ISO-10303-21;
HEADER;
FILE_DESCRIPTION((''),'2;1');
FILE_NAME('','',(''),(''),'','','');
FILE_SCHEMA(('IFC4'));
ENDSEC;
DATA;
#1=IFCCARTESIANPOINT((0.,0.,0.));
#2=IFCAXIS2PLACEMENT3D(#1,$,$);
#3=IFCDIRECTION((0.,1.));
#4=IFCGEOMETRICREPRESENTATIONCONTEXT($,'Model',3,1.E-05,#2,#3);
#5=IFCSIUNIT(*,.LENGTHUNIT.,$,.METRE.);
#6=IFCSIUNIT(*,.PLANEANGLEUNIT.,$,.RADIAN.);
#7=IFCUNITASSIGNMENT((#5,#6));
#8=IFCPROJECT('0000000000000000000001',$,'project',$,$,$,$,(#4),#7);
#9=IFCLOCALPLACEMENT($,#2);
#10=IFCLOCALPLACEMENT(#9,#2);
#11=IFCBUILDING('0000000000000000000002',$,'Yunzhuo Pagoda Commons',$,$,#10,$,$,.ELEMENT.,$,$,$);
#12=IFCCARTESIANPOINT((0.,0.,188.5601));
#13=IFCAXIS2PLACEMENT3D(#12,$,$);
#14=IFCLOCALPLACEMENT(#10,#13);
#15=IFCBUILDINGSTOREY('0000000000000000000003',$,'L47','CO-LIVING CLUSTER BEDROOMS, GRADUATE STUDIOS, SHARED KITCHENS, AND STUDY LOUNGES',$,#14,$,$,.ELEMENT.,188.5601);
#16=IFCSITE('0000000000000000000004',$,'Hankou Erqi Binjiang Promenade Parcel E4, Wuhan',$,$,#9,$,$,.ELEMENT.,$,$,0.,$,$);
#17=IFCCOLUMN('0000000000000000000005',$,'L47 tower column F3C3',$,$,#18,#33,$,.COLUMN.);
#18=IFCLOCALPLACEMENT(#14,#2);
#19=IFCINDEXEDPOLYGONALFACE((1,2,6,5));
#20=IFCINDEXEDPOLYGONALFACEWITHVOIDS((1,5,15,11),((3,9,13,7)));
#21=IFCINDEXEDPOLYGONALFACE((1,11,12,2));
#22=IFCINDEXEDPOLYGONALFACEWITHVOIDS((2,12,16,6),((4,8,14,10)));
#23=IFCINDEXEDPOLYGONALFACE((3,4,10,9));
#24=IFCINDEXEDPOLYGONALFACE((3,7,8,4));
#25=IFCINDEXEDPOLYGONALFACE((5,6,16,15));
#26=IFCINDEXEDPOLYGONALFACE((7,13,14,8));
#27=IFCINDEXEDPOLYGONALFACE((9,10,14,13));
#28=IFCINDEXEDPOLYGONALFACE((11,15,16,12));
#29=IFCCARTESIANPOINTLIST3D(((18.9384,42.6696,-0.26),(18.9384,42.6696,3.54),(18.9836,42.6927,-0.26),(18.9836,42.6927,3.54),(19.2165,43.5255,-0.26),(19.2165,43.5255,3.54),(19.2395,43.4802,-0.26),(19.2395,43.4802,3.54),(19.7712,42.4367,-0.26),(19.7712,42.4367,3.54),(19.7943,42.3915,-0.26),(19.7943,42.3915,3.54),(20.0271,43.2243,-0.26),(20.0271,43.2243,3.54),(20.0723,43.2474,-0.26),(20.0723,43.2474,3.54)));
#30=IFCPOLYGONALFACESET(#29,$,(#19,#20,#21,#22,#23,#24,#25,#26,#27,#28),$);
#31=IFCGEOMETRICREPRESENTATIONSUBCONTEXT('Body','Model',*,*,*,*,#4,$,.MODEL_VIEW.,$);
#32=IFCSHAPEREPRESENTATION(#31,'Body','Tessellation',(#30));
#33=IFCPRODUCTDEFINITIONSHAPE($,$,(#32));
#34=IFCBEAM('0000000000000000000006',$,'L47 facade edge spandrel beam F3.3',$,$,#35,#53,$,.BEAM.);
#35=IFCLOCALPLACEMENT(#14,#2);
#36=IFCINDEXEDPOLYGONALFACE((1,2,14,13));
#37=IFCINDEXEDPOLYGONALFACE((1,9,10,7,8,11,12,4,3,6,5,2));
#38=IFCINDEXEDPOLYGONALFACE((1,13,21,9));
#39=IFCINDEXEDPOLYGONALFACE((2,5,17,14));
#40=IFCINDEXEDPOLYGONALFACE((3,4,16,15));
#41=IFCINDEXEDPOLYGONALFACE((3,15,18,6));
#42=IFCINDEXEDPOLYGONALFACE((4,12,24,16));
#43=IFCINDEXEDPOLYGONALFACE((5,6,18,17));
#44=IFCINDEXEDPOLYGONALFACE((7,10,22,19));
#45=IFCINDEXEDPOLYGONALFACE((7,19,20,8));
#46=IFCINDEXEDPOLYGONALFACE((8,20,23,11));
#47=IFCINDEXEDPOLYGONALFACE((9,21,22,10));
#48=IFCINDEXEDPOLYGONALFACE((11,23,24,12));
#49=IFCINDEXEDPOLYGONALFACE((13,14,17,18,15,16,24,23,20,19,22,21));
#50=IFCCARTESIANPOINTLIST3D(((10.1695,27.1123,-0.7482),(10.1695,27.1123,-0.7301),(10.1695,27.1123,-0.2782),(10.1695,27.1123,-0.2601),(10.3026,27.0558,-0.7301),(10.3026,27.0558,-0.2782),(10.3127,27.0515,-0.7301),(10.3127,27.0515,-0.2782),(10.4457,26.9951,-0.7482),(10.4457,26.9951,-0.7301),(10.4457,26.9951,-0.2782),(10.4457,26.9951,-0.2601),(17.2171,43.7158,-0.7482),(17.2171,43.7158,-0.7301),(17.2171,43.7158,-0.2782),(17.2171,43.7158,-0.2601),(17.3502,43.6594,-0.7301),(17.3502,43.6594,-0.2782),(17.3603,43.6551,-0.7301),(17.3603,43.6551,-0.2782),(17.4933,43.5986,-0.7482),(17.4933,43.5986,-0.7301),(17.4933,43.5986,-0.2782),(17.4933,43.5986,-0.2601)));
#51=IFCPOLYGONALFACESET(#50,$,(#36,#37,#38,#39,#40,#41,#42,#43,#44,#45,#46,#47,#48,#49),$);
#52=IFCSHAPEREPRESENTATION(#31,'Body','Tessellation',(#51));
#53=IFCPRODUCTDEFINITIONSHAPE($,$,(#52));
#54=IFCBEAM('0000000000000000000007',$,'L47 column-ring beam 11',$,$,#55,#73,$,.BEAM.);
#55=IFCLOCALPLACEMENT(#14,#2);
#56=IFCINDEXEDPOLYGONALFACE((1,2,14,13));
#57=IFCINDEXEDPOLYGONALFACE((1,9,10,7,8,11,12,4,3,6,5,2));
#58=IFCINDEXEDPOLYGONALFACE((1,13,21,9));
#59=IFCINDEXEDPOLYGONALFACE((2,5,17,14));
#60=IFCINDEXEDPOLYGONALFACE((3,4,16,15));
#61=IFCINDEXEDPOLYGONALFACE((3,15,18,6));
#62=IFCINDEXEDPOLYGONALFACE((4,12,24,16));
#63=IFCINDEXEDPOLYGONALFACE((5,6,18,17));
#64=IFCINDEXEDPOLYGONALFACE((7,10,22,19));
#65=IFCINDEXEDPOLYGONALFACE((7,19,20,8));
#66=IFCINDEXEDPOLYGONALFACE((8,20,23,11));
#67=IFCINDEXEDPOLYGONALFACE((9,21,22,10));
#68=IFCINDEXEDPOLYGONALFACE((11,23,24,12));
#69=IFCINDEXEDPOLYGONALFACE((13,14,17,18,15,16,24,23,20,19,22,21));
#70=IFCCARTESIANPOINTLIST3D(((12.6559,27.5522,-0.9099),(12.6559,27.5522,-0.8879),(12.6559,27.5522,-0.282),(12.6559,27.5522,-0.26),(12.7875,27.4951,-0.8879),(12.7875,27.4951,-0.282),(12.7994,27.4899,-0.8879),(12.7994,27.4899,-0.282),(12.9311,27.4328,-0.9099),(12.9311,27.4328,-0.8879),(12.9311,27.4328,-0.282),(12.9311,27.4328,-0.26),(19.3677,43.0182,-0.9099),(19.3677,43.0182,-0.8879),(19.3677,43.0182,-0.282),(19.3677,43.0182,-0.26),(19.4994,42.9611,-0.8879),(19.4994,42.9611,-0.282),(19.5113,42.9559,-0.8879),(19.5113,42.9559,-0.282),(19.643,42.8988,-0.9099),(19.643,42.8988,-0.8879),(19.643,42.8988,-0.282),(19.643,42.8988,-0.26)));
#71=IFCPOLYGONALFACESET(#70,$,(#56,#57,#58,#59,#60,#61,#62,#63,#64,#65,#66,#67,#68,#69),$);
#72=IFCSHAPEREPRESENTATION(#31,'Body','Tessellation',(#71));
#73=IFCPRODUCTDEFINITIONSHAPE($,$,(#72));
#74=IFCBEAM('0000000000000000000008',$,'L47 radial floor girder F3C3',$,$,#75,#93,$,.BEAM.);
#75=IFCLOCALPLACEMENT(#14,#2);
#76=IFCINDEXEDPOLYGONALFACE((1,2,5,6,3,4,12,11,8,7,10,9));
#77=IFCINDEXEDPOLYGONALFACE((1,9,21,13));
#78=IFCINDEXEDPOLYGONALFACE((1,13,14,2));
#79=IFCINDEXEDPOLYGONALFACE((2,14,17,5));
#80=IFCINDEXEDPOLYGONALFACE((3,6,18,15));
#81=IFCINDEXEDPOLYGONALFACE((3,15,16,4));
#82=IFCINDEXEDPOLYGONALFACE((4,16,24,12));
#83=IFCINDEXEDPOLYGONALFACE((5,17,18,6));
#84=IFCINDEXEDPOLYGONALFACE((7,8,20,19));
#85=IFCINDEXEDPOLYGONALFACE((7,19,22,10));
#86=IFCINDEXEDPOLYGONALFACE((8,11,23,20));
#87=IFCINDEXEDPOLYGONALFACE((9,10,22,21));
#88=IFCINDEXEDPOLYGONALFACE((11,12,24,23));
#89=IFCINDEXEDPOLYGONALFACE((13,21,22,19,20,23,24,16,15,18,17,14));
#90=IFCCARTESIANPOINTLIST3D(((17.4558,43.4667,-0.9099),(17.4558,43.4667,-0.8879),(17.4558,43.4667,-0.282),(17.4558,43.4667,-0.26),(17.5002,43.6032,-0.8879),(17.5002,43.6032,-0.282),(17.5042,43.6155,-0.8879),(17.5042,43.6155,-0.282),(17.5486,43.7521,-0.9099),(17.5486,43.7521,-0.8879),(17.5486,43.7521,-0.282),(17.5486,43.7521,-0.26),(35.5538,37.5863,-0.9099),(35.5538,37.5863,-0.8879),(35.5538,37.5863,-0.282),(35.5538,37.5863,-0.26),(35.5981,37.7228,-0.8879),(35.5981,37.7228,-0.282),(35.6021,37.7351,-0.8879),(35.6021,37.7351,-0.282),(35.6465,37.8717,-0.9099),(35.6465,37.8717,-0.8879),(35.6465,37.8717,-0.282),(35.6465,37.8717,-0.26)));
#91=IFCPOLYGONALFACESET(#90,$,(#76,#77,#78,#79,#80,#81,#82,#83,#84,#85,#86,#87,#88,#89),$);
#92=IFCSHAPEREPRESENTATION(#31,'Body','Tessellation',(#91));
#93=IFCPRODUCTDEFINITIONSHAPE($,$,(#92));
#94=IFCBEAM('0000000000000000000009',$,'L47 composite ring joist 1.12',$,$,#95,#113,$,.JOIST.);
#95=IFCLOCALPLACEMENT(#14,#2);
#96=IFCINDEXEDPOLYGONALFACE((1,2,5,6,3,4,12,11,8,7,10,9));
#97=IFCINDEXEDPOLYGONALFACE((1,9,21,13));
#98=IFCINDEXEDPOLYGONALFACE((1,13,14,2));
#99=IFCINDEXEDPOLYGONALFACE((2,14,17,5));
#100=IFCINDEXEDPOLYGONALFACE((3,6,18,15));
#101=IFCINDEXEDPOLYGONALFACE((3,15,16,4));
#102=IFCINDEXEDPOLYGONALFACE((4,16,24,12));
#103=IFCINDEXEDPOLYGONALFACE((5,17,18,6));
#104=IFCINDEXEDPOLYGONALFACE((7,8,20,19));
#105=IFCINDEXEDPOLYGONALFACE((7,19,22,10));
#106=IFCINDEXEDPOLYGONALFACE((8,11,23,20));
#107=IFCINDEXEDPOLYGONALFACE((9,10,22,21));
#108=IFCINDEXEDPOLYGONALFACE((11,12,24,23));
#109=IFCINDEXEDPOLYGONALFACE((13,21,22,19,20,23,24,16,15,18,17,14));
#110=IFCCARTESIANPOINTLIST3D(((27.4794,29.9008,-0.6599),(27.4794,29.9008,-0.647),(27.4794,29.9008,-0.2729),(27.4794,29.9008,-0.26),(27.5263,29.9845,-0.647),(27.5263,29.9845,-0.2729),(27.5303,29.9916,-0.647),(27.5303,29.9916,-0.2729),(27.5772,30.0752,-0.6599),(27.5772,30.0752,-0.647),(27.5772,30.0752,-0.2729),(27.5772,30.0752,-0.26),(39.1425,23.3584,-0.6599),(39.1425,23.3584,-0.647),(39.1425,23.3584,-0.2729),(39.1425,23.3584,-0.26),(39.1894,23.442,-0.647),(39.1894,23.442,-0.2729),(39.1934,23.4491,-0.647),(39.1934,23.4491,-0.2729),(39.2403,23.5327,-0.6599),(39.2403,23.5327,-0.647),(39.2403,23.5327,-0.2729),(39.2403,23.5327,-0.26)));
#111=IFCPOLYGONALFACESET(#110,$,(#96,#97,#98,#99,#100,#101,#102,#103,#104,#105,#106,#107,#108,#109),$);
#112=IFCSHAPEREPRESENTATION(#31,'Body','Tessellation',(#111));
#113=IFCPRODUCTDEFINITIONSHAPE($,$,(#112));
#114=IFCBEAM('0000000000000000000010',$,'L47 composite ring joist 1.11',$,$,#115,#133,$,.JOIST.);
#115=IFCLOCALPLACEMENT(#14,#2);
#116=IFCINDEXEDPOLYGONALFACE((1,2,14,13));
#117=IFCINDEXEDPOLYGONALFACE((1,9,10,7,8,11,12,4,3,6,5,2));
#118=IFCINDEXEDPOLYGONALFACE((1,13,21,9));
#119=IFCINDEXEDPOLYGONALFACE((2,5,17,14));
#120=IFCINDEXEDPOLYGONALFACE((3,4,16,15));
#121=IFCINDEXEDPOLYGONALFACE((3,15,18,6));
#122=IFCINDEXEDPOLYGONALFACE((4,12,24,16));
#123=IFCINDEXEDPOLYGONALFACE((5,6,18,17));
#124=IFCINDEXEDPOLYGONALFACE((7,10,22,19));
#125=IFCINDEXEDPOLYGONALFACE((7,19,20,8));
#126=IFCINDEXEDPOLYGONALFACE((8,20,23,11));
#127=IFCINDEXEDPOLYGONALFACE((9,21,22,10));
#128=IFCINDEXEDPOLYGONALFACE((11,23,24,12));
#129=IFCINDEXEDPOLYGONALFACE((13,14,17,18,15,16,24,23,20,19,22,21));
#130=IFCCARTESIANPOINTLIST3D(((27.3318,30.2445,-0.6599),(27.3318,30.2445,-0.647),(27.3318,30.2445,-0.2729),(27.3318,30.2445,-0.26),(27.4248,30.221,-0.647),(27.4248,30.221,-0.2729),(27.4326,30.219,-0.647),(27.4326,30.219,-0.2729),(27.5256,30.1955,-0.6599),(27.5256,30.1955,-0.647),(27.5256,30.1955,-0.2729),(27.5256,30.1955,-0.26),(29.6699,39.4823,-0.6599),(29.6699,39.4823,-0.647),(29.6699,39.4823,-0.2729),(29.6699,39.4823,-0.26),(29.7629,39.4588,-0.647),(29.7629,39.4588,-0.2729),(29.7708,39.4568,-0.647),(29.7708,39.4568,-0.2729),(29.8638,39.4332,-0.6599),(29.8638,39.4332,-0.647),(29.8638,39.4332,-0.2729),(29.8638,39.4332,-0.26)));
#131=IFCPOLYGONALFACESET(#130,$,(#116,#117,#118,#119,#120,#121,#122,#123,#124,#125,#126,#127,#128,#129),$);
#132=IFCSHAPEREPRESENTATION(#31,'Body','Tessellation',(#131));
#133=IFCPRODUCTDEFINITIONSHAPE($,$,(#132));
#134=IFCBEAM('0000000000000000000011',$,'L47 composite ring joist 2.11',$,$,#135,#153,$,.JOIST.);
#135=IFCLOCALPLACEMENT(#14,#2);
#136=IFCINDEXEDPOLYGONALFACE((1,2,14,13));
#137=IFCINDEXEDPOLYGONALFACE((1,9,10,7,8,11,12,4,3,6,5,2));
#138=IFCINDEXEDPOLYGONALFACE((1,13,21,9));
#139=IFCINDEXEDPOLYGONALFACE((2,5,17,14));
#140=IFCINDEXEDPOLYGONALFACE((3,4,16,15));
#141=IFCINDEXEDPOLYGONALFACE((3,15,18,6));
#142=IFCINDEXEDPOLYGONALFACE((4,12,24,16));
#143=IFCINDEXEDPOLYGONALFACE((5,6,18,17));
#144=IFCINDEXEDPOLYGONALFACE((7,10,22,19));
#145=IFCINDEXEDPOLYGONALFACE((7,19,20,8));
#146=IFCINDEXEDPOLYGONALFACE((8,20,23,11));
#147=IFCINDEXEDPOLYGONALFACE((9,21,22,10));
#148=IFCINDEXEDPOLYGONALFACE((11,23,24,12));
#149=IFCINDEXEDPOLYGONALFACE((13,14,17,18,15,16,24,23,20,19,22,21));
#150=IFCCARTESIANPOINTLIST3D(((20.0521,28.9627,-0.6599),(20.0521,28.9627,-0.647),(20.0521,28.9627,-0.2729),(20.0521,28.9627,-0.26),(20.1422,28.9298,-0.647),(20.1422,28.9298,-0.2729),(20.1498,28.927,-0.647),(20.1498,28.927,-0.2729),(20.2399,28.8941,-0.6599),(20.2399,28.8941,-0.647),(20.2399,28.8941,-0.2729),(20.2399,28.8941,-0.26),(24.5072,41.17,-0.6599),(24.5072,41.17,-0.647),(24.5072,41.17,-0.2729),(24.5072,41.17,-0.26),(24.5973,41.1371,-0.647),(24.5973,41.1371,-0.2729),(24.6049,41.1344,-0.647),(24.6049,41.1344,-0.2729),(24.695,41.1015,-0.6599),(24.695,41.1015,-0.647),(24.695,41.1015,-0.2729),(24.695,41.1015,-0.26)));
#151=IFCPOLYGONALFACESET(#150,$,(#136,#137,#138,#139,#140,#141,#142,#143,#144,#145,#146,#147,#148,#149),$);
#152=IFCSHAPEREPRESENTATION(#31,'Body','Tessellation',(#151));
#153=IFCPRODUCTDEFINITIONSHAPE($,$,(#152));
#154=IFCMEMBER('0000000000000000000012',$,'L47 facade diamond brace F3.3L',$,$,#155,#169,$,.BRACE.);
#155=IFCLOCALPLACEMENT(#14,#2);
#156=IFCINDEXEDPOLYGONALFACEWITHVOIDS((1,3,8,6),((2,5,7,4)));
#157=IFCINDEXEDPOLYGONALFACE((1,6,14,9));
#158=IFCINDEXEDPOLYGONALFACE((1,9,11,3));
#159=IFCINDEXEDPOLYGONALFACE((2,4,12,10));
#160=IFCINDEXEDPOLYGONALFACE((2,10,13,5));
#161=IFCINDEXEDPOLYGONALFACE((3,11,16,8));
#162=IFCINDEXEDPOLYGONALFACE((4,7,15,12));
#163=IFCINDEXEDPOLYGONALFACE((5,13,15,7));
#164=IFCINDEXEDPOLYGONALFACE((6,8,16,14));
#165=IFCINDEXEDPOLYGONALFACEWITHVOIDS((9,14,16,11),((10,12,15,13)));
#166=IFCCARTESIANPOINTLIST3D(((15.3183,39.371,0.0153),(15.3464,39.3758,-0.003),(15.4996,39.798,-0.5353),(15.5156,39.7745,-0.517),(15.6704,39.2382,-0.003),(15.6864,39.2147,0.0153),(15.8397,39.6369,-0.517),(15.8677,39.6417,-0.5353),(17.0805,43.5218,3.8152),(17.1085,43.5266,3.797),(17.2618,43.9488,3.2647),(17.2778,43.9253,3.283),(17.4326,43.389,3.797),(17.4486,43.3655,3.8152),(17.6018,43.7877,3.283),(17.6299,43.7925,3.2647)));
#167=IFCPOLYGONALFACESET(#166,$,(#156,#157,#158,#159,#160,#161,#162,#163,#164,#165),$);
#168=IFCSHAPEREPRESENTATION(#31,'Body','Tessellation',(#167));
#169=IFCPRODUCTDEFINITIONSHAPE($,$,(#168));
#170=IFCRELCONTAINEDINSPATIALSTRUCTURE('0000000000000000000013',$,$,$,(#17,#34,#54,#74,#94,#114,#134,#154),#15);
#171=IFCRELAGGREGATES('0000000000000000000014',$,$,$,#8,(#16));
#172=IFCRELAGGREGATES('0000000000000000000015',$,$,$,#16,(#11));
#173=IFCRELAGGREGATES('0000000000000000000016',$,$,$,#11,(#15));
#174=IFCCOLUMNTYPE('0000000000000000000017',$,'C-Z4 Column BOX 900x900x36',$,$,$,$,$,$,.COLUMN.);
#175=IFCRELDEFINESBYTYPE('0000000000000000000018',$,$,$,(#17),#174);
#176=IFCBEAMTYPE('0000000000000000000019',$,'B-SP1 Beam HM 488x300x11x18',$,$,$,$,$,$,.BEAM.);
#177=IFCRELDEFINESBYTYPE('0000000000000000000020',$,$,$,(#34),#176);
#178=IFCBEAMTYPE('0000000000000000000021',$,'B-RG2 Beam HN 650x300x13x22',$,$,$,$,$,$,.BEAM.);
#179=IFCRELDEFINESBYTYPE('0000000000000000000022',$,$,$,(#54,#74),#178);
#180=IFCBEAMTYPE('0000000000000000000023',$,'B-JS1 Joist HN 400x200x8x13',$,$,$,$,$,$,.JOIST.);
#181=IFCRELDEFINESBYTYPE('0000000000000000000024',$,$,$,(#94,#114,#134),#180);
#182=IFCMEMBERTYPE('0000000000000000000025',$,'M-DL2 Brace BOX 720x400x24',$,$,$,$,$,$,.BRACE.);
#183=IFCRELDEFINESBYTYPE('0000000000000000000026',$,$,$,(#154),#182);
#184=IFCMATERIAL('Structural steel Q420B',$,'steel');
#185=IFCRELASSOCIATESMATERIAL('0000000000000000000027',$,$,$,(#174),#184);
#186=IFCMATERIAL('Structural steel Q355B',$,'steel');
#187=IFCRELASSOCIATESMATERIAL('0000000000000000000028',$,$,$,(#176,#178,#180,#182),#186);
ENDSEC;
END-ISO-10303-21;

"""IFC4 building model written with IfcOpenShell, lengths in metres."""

from ifc_helpers import new_model, si_unit, direction, frame, origin, origin_2d, place, context, subcontext, project, spatial, hollow_rectangle, i_section, extrude, source, transform, mapped, material, material_profile, profile_set, type_object, element, save


model = new_model("IFC4")

# Units and contexts
model_context = context("Model", 3, precision=1e-05, world=origin(), true_north=direction((0.0, 1.0)))
body_context = subcontext(model_context, "Body", "Model", "MODEL_VIEW")
ifc_project = project(units=[si_unit("LENGTHUNIT", "METRE"), si_unit("PLANEANGLEUNIT", "RADIAN")], contexts=[model_context])

# Site, building, storey
site_placement = place(None, origin())
site = spatial("IfcSite", under=ifc_project, at=site_placement, Name="Hankou Erqi Binjiang Promenade Parcel E4, Wuhan", CompositionType="ELEMENT", RefElevation=0.0)
building_placement = place(site_placement, origin())
building = spatial("IfcBuilding", under=site, at=building_placement, Name="Yunzhuo Pagoda Commons", CompositionType="ELEMENT")
storey_placement = place(building_placement, frame((0.0, 0.0, 188.5601)))
storey = spatial("IfcBuildingStorey", under=building, at=storey_placement, Name="L47", Description="CO-LIVING CLUSTER BEDROOMS, GRADUATE STUDIOS, SHARED KITCHENS, AND STUDY LOUNGES", CompositionType="ELEMENT", Elevation=188.5601)

# Column
ifc_material_1 = material(Name="Structural steel Q420B", Category="steel")
ifc_material_profile_1 = material_profile(ifc_material_1, hollow_rectangle(XDim=0.8999, YDim=0.8999, WallThickness=0.0359, at=origin_2d()), Name="Structural steel Q420B")
ifc_profile_set_1 = profile_set([ifc_material_profile_1], Name="Structural steel Q420B")
column_type = type_object("IfcColumnType", Name="C-Z4 Column BOX 900x900x36", PredefinedType="COLUMN", material=ifc_profile_set_1)
shared_shape_1 = source(origin(), body_context, "Body", "SweptSolid", [
    extrude(hollow_rectangle(XDim=0.8999, YDim=0.8999, WallThickness=0.0359, at=origin_2d()), origin(), (0.0, 0.0, 1.0), 3.8),
])
column_placement = place(storey_placement, frame((19.5054, 42.9585, -0.26), z_axis=(0.0, 0.0, 1.0), x_axis=(-0.309017, -0.951057, 0.0)))
element("IfcColumn", 1, at=column_placement, inside=storey, type_object=column_type, Name="L47 tower column F3C3", PredefinedType="COLUMN", context=body_context, shape_type="MappedRepresentation", body=[
    mapped(shared_shape_1, transform((0.0, 0.0, 0.0), scale=1.0)),
])

# Beams
ifc_material_2 = material(Name="Structural steel Q355B", Category="steel")
ifc_material_profile_2 = material_profile(ifc_material_2, i_section(OverallWidth=0.3, OverallDepth=0.488, WebThickness=0.011, FlangeThickness=0.0181, at=origin_2d()), Name="Structural steel Q355B")
ifc_profile_set_2 = profile_set([ifc_material_profile_2], Name="Structural steel Q355B")
beam_type_1 = type_object("IfcBeamType", Name="B-SP1 Beam HM 488x300x11x18", PredefinedType="BEAM", material=ifc_profile_set_2)
shared_shape_2 = source(origin(), body_context, "Body", "SweptSolid", [
    extrude(i_section(OverallWidth=0.3, OverallDepth=0.488, WebThickness=0.011, FlangeThickness=0.0181, at=origin_2d()), origin(), (0.0, 0.0, 1.0), 18.0374),
])
beam_1_placement = place(storey_placement, frame((17.3552, 43.6572, -0.5042), z_axis=(-0.390723, -0.920508, 0.0), x_axis=(0.920508, -0.390723, 0.0)))
element("IfcBeam", 2, at=beam_1_placement, inside=storey, type_object=beam_type_1, Name="L47 facade edge spandrel beam F3.3", PredefinedType="BEAM", context=body_context, shape_type="MappedRepresentation", body=[
    mapped(shared_shape_2, transform((0.0, 0.0, 0.0), scale=1.0)),
])
ifc_material_profile_3 = material_profile(ifc_material_2, i_section(OverallWidth=0.3, OverallDepth=0.6499, WebThickness=0.0129, FlangeThickness=0.022, at=origin_2d()), Name="Structural steel Q355B")
ifc_profile_set_3 = profile_set([ifc_material_profile_3], Name="Structural steel Q355B")
beam_type_2 = type_object("IfcBeamType", Name="B-RG2 Beam HN 650x300x13x22", PredefinedType="BEAM", material=ifc_profile_set_3)
shared_shape_3 = source(origin(), body_context, "Body", "SweptSolid", [
    extrude(i_section(OverallWidth=0.3, OverallDepth=0.6499, WebThickness=0.0129, FlangeThickness=0.022, at=origin_2d()), origin(), (0.0, 0.0, 1.0), 16.8596),
])
beam_2_placement = place(storey_placement, frame((19.5054, 42.9585, -0.585), z_axis=(-0.398104, -0.91734, 0.0), x_axis=(0.91734, -0.398104, 0.0)))
element("IfcBeam", 3, at=beam_2_placement, inside=storey, type_object=beam_type_2, Name="L47 column-ring beam 11", PredefinedType="BEAM", context=body_context, shape_type="MappedRepresentation", body=[
    mapped(shared_shape_3, transform((0.0, 0.0, 0.0), scale=1.0)),
])
shared_shape_4 = source(origin(), body_context, "Body", "SweptSolid", [
    extrude(i_section(OverallWidth=0.3, OverallDepth=0.6499, WebThickness=0.0129, FlangeThickness=0.022, at=origin_2d()), origin(), (0.0, 0.0, 1.0), 19.0293),
])
beam_3_placement = place(storey_placement, frame((17.5022, 43.6094, -0.585), z_axis=(0.951056, -0.309017, 0.0), x_axis=(0.309017, 0.951056, 0.0)))
element("IfcBeam", 4, at=beam_3_placement, inside=storey, type_object=beam_type_2, Name="L47 radial floor girder F3C3", PredefinedType="BEAM", context=body_context, shape_type="MappedRepresentation", body=[
    mapped(shared_shape_4, transform((0.0, 0.0, 0.0), scale=1.0)),
])
ifc_material_profile_4 = material_profile(ifc_material_2, i_section(OverallWidth=0.2, OverallDepth=0.3999, WebThickness=0.0081, FlangeThickness=0.0129, at=origin_2d()), Name="Structural steel Q355B")
ifc_profile_set_4 = profile_set([ifc_material_profile_4], Name="Structural steel Q355B")
beam_type_3 = type_object("IfcBeamType", Name="B-JS1 Joist HN 400x200x8x13", PredefinedType="JOIST", material=ifc_profile_set_4)
shared_shape_5 = source(origin(), body_context, "Body", "SweptSolid", [
    extrude(i_section(OverallWidth=0.2, OverallDepth=0.3999, WebThickness=0.0081, FlangeThickness=0.0129, at=origin_2d()), origin(), (0.0, 0.0, 1.0), 13.3728),
])
beam_4_placement = place(storey_placement, frame((27.5283, 29.988, -0.46), z_axis=(0.87215, -0.489238, 0.0), x_axis=(0.489238, 0.87215, 0.0)))
element("IfcBeam", 5, at=beam_4_placement, inside=storey, type_object=beam_type_3, Name="L47 composite ring joist 1.12", PredefinedType="JOIST", context=body_context, shape_type="MappedRepresentation", body=[
    mapped(shared_shape_5, transform((0.0, 0.0, 0.0), scale=1.0)),
])
shared_shape_6 = source(origin(), body_context, "Body", "SweptSolid", [
    extrude(i_section(OverallWidth=0.2, OverallDepth=0.3999, WebThickness=0.0081, FlangeThickness=0.0129, at=origin_2d()), origin(), (0.0, 0.0, 1.0), 9.5291),
])
beam_5_placement = place(storey_placement, frame((29.7668, 39.4578, -0.46), z_axis=(-0.245368, -0.96943, 0.0), x_axis=(0.96943, -0.245368, 0.0)))
element("IfcBeam", 6, at=beam_5_placement, inside=storey, type_object=beam_type_3, Name="L47 composite ring joist 1.11", PredefinedType="JOIST", context=body_context, shape_type="MappedRepresentation", body=[
    mapped(shared_shape_6, transform((0.0, 0.0, 0.0), scale=1.0)),
])
shared_shape_7 = source(origin(), body_context, "Body", "SweptSolid", [
    extrude(i_section(OverallWidth=0.2, OverallDepth=0.3999, WebThickness=0.0081, FlangeThickness=0.0129, at=origin_2d()), origin(), (0.0, 0.0, 1.0), 12.9949),
])
beam_6_placement = place(storey_placement, frame((24.6011, 41.1357, -0.46), z_axis=(-0.342835, -0.939396, 0.0), x_axis=(0.939396, -0.342835, 0.0)))
element("IfcBeam", 7, at=beam_6_placement, inside=storey, type_object=beam_type_3, Name="L47 composite ring joist 2.11", PredefinedType="JOIST", context=body_context, shape_type="MappedRepresentation", body=[
    mapped(shared_shape_7, transform((0.0, 0.0, 0.0), scale=1.0)),
])

# Member
ifc_material_profile_5 = material_profile(ifc_material_2, hollow_rectangle(XDim=0.3999, YDim=0.72, WallThickness=0.0239, at=origin_2d()), Name="Structural steel Q355B")
ifc_profile_set_5 = profile_set([ifc_material_profile_5], Name="Structural steel Q355B")
member_type_1 = type_object("IfcMemberType", Name="M-DL2 Brace BOX 720x400x24", PredefinedType="BRACE", material=ifc_profile_set_5)
shared_shape_8 = source(origin(), body_context, "Body", "SweptSolid", [
    extrude(hollow_rectangle(XDim=0.3999, YDim=0.72, WallThickness=0.0239, at=origin_2d()), origin(), (0.0, 0.0, 1.0), 5.897),
])
for number, where, z_axis, x_axis, name in (
    (8, (15.593, 39.5063, -0.26), (0.298827, 0.703887, 0.644395), (-0.920484, 0.390781, 0.0), "L47 facade diamond brace F3.3L"),
):
    element("IfcMember", number, at=place(storey_placement, frame(where, z_axis=z_axis, x_axis=x_axis)), inside=storey, type_object=member_type_1, Name=name, PredefinedType="BRACE", context=body_context, shape_type="MappedRepresentation", body=[
        mapped(shared_shape_8, transform((0.0, 0.0, 0.0), scale=1.0)),
    ])

save(model, "model.ifc")
